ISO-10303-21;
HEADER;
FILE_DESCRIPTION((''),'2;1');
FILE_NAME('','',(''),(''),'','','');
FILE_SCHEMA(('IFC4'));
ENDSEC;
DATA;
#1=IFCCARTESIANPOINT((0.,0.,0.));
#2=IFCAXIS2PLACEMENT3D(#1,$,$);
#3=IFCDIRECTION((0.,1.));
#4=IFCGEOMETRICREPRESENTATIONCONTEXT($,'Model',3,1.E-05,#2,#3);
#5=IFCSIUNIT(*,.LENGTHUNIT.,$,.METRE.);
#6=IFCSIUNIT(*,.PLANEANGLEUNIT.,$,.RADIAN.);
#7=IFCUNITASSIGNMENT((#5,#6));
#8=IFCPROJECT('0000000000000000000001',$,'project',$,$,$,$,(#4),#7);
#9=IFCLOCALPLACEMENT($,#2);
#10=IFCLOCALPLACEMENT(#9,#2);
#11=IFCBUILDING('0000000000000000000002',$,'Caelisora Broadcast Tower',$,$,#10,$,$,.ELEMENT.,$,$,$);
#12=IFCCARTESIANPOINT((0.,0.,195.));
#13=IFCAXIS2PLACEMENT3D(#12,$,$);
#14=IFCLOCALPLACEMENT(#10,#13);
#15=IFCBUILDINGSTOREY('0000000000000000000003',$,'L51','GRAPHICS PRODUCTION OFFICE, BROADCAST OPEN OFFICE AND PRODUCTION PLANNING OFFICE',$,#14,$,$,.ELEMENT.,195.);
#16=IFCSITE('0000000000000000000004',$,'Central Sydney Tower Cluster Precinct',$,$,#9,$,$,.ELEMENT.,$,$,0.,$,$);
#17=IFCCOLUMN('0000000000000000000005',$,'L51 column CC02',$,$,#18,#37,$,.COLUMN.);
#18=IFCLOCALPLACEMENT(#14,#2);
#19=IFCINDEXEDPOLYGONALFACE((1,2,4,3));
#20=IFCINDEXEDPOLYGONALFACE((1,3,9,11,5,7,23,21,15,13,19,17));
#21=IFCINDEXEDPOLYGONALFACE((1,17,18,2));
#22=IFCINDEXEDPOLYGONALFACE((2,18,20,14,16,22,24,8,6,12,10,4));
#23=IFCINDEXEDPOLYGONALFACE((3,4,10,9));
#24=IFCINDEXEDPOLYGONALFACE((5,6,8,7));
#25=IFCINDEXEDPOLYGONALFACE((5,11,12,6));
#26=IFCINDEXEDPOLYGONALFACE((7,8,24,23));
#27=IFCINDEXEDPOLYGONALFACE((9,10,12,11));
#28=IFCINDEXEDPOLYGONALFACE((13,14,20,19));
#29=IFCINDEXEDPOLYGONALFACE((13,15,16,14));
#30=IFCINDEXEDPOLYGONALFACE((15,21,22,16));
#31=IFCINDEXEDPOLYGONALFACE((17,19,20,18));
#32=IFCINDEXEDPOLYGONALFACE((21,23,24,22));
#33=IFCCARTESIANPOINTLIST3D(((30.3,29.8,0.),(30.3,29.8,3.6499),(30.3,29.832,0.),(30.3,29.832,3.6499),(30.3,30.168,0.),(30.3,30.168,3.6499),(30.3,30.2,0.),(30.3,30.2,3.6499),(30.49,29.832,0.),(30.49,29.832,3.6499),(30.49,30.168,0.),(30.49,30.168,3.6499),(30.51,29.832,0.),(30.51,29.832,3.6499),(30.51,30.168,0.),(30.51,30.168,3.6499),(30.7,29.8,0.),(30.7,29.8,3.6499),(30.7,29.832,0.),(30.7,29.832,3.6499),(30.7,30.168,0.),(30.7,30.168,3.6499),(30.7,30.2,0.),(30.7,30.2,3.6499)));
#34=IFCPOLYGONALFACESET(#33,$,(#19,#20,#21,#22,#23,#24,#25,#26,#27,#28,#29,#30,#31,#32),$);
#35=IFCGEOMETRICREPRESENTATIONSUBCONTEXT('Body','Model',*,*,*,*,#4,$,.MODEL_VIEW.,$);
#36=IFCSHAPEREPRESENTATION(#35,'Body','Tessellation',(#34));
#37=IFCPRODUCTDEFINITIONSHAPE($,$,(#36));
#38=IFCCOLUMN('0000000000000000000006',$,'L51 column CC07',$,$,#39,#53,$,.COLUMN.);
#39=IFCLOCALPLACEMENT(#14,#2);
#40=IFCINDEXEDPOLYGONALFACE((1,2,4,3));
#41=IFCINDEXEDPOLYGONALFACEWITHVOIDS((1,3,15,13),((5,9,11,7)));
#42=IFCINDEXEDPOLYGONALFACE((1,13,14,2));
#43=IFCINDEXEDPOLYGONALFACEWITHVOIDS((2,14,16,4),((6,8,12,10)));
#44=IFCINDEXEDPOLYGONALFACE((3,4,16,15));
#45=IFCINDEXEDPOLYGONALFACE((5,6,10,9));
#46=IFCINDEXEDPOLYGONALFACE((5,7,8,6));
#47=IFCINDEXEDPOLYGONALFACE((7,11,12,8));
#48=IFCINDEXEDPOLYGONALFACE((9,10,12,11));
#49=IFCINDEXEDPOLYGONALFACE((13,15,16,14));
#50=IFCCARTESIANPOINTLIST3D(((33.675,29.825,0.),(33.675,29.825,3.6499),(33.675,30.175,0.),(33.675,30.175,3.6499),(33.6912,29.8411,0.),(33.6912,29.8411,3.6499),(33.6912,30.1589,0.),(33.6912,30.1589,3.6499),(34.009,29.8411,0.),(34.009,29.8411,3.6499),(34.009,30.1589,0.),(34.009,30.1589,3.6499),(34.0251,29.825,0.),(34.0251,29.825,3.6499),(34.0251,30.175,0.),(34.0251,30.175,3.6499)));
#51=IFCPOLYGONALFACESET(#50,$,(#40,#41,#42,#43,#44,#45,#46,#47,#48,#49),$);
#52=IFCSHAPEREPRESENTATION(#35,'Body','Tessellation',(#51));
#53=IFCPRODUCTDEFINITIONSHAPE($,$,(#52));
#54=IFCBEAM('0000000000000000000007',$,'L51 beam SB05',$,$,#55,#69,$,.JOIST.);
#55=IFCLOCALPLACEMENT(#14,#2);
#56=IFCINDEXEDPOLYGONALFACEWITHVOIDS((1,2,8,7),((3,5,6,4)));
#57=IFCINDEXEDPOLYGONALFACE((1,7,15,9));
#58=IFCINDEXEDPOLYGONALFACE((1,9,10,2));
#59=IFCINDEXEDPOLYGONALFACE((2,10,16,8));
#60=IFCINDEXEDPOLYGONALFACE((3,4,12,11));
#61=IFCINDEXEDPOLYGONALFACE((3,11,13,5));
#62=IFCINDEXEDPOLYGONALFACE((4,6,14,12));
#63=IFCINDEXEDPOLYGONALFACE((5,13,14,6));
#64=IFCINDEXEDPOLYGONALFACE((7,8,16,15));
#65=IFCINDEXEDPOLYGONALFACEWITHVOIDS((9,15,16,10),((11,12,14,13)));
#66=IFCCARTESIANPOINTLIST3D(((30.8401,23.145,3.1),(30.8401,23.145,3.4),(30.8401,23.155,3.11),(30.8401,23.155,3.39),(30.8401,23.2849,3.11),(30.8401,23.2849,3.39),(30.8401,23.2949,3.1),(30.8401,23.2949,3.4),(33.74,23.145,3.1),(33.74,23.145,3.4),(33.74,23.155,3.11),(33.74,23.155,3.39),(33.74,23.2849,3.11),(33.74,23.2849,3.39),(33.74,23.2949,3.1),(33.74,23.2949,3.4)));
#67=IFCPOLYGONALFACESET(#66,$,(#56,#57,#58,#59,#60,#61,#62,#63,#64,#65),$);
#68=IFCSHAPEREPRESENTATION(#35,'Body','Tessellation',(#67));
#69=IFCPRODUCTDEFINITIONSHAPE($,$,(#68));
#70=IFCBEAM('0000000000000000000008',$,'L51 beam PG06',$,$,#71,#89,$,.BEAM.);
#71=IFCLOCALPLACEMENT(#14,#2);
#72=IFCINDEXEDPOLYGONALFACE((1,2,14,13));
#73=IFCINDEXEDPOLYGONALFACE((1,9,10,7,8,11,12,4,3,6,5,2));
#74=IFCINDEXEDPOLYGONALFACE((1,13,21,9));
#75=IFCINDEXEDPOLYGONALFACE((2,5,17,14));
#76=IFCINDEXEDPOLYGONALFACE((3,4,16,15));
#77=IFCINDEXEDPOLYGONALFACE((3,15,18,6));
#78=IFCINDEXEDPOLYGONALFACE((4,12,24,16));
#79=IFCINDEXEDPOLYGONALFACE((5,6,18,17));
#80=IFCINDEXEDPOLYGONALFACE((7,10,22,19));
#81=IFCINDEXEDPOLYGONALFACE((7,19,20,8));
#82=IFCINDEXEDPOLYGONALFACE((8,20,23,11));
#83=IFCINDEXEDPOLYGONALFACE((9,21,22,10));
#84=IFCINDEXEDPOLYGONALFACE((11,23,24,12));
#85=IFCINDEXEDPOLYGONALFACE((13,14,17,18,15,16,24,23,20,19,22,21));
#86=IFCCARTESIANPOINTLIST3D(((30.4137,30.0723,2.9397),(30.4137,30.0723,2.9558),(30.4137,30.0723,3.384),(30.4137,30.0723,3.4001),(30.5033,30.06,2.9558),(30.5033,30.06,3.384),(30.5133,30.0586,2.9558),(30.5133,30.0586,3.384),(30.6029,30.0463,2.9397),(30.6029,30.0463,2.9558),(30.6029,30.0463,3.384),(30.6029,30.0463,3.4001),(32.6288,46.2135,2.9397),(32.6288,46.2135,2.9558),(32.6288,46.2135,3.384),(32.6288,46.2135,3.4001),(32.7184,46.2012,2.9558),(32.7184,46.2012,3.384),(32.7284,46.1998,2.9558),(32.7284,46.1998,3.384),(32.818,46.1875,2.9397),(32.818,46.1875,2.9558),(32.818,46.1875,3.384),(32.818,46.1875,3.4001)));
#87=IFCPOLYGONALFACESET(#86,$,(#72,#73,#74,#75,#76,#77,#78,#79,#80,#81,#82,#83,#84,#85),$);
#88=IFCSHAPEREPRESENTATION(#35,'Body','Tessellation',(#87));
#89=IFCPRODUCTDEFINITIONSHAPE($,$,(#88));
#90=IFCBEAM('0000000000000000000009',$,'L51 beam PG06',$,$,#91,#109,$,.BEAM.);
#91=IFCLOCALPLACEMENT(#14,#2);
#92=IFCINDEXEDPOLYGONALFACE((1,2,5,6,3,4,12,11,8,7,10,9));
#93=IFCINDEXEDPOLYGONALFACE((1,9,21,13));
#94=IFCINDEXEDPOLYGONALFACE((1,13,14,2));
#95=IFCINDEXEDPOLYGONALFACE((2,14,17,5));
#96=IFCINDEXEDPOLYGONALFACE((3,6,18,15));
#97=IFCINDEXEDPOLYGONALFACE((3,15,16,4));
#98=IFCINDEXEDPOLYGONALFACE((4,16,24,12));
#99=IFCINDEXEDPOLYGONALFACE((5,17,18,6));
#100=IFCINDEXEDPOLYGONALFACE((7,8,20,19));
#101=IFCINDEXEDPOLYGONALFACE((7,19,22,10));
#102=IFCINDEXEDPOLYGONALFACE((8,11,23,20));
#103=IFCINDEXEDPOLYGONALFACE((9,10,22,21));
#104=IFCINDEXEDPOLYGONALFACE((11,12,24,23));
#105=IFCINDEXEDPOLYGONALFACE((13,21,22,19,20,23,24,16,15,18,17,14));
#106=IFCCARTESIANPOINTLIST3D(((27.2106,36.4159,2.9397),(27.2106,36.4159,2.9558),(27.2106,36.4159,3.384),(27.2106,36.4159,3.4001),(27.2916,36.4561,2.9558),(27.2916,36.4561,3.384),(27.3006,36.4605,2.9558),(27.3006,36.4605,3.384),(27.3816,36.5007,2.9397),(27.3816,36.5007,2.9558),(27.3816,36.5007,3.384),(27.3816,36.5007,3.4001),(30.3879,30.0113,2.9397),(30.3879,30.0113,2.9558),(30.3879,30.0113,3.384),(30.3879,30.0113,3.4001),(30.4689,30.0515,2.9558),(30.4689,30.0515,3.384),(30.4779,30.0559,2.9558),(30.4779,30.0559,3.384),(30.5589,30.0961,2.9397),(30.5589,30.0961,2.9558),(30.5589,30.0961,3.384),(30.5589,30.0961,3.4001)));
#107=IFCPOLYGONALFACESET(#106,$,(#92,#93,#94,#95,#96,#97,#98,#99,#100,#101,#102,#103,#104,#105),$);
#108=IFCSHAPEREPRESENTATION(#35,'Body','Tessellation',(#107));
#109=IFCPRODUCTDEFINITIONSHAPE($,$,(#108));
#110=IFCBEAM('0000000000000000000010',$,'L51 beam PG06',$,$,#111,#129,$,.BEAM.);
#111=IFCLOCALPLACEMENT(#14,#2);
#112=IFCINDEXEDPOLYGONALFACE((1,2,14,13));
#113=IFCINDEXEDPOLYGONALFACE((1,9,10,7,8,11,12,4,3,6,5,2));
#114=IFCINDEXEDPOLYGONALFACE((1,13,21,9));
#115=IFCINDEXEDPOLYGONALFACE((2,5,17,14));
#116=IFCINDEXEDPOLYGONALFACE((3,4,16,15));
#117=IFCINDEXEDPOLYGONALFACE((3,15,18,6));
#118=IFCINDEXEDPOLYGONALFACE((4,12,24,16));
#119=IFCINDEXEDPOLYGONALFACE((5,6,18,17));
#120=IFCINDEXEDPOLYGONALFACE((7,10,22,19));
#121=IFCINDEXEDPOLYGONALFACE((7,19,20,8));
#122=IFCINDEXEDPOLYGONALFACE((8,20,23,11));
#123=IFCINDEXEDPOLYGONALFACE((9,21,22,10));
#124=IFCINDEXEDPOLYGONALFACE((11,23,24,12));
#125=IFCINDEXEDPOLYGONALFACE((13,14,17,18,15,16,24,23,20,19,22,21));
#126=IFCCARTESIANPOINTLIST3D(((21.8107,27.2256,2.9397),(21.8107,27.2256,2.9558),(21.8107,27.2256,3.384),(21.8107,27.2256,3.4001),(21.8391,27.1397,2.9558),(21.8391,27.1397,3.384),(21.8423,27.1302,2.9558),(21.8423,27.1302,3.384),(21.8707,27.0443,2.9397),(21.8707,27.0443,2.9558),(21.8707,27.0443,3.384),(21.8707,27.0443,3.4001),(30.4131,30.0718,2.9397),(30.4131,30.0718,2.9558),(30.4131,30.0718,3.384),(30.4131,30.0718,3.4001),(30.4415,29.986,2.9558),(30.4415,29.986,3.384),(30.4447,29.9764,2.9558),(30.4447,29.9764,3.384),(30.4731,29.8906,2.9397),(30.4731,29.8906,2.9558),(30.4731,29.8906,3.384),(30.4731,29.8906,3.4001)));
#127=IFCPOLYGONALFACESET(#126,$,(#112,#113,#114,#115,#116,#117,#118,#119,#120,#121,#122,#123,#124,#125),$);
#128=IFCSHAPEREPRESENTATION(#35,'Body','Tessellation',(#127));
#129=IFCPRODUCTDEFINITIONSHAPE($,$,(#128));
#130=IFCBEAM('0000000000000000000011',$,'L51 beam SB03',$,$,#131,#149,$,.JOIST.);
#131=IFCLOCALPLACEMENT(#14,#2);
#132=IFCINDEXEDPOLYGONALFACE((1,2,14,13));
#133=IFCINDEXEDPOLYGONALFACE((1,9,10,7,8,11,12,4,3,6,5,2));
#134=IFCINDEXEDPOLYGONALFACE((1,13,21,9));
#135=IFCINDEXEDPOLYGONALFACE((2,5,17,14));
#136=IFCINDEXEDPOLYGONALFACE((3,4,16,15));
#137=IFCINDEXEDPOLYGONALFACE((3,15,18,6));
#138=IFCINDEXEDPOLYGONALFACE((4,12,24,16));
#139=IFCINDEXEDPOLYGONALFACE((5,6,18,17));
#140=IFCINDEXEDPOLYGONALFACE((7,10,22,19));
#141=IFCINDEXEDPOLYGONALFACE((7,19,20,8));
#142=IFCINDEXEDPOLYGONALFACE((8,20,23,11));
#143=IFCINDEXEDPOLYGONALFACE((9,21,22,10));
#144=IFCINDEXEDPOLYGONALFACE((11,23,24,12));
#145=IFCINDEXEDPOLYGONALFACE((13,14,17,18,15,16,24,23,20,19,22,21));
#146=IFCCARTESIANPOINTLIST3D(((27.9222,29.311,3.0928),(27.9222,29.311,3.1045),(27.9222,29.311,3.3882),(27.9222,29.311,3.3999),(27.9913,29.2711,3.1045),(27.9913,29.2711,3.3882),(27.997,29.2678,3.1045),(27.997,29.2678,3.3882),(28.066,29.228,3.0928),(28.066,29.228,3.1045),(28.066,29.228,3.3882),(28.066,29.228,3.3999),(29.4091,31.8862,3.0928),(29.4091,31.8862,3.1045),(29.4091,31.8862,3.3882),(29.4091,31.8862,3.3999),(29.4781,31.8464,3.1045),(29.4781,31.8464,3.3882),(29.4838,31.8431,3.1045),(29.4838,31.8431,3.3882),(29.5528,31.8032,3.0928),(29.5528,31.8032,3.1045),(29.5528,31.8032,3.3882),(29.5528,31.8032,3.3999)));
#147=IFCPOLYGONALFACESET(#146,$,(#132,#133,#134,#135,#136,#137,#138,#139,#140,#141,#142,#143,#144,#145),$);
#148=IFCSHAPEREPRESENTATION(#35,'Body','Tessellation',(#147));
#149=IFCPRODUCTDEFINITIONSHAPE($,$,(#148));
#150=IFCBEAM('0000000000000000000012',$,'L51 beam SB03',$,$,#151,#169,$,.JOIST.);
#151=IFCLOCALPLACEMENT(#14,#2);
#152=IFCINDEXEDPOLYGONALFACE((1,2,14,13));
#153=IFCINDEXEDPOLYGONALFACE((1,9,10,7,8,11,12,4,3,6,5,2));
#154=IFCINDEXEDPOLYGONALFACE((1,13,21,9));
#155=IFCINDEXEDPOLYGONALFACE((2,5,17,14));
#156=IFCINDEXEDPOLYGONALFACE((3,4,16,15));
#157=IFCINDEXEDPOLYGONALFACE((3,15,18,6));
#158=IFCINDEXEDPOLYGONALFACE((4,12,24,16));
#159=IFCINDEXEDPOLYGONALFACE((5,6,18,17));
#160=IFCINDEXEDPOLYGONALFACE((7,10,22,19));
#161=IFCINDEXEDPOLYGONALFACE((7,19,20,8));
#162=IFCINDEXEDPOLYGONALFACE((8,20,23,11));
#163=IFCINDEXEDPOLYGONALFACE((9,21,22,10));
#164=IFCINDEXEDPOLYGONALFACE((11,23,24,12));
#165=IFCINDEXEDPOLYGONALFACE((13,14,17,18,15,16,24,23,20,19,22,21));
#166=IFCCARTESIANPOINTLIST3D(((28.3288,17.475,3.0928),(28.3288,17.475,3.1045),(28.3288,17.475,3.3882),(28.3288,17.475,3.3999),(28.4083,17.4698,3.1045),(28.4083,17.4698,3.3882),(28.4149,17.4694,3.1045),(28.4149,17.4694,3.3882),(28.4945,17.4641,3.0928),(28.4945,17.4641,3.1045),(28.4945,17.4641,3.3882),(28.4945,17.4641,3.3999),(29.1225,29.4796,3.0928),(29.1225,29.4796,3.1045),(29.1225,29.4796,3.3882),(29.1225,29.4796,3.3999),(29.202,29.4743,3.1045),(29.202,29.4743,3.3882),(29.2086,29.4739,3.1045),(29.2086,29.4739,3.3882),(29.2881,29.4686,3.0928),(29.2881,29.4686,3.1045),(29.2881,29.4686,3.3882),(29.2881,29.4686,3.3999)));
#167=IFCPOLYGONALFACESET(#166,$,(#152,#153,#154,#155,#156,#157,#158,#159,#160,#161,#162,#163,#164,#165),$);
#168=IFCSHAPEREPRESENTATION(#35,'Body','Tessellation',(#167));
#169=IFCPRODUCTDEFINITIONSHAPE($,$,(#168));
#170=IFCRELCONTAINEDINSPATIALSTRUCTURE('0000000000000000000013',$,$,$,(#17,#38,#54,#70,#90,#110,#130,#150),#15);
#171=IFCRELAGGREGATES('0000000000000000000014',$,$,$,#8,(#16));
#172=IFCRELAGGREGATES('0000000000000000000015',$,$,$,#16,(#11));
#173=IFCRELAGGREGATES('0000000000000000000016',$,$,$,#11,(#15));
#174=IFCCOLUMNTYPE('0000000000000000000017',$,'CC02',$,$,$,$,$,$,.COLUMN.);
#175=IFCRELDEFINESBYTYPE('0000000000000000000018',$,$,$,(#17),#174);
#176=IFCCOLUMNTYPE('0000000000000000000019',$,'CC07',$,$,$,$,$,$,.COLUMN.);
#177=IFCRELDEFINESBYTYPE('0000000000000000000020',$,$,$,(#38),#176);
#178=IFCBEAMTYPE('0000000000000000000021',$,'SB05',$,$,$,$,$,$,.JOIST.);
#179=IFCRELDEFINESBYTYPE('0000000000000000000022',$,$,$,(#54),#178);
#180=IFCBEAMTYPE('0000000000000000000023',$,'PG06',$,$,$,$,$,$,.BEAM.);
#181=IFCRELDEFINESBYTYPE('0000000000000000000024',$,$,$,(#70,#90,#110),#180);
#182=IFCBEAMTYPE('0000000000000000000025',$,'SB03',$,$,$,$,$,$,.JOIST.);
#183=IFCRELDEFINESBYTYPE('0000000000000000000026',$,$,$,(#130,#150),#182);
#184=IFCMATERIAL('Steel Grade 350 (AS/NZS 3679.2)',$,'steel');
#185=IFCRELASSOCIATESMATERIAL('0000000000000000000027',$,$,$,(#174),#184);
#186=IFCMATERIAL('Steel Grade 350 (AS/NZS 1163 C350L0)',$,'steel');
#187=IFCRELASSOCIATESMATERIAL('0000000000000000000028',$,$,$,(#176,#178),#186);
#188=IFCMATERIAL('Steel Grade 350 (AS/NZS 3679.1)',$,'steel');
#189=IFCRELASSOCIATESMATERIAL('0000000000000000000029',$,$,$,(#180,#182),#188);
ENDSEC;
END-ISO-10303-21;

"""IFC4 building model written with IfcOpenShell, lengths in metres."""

from ifc_helpers import new_model, si_unit, direction, frame, origin, origin_2d, place, context, subcontext, project, spatial, hollow_rectangle, i_section, extrude, source, transform, mapped, material, material_profile, profile_set, type_object, type_shapes, element, save


model = new_model("IFC4")

# Units and contexts
model_context = context("Model", 3, precision=1e-05, world=origin(), true_north=direction((0.0, 1.0)))
body_context = subcontext(model_context, "Body", "Model", "MODEL_VIEW")
ifc_project = project(units=[si_unit("LENGTHUNIT", "METRE"), si_unit("PLANEANGLEUNIT", "RADIAN")], contexts=[model_context])

# Site, building, storey
site_placement = place(None, origin())
site = spatial("IfcSite", under=ifc_project, at=site_placement, Name="Central Sydney Tower Cluster Precinct", CompositionType="ELEMENT", RefElevation=0.0)
building_placement = place(site_placement, origin())
building = spatial("IfcBuilding", under=site, at=building_placement, Name="Caelisora Broadcast Tower", CompositionType="ELEMENT")
storey_placement = place(building_placement, frame((0.0, 0.0, 195.0)))
storey = spatial("IfcBuildingStorey", under=building, at=storey_placement, Name="L51", Description="GRAPHICS PRODUCTION OFFICE, BROADCAST OPEN OFFICE AND PRODUCTION PLANNING OFFICE", CompositionType="ELEMENT", Elevation=195.0)

# Columns
ifc_material_1 = material(Name="Steel Grade 350 (AS/NZS 3679.2)", Category="steel")
ifc_material_profile_1 = material_profile(ifc_material_1, i_section(OverallWidth=0.3999, OverallDepth=0.3999, WebThickness=0.02, FlangeThickness=0.032, at=origin_2d()), Name="Steel Grade 350 (AS/NZS 3679.2)")
ifc_profile_set_1 = profile_set([ifc_material_profile_1], Name="Steel Grade 350 (AS/NZS 3679.2)")
column_type_1 = type_object("IfcColumnType", Name="CC02", PredefinedType="COLUMN", material=ifc_profile_set_1)
shared_shape_1 = source(origin(), body_context, "Body", "SweptSolid", [
    extrude(i_section(OverallWidth=0.3999, OverallDepth=0.3999, WebThickness=0.02, FlangeThickness=0.032, at=origin_2d()), origin(), (0.0, 0.0, 1.0), 3.6499),
])
type_shapes(column_type_1, [shared_shape_1])
column_1_placement = place(storey_placement, frame((30.5, 30.0, 0.0), z_axis=(0.0, 0.0, 1.0), x_axis=(1.0, 0.0, 0.0)))
element("IfcColumn", 1, at=column_1_placement, inside=storey, type_object=column_type_1, Name="L51 column CC02", PredefinedType="COLUMN", context=body_context, shape_type="MappedRepresentation", body=[
    mapped(shared_shape_1, transform((0.0, 0.0, 0.0), scale=1.0)),
])
ifc_material_2 = material(Name="Steel Grade 350 (AS/NZS 1163 C350L0)", Category="steel")
ifc_material_profile_2 = material_profile(ifc_material_2, hollow_rectangle(XDim=0.3501, YDim=0.3501, WallThickness=0.0161, at=origin_2d()), Name="Steel Grade 350 (AS/NZS 1163 C350L0)")
ifc_profile_set_2 = profile_set([ifc_material_profile_2], Name="Steel Grade 350 (AS/NZS 1163 C350L0)")
column_type_2 = type_object("IfcColumnType", Name="CC07", PredefinedType="COLUMN", material=ifc_profile_set_2)
shared_shape_2 = source(origin(), body_context, "Body", "SweptSolid", [
    extrude(hollow_rectangle(XDim=0.3501, YDim=0.3501, WallThickness=0.0161, at=origin_2d()), origin(), (0.0, 0.0, 1.0), 3.6499),
])
type_shapes(column_type_2, [shared_shape_2])
column_2_placement = place(storey_placement, frame((33.8501, 30.0, 0.0), z_axis=(0.0, 0.0, 1.0), x_axis=(1.0, 0.0, 0.0)))
element("IfcColumn", 2, at=column_2_placement, inside=storey, type_object=column_type_2, Name="L51 column CC07", PredefinedType="COLUMN", context=body_context, shape_type="MappedRepresentation", body=[
    mapped(shared_shape_2, transform((0.0, 0.0, 0.0), scale=1.0)),
])

# Beams
ifc_material_profile_3 = material_profile(ifc_material_2, hollow_rectangle(XDim=0.1499, YDim=0.3, WallThickness=0.01, at=origin_2d()), Name="Steel Grade 350 (AS/NZS 1163 C350L0)")
ifc_profile_set_3 = profile_set([ifc_material_profile_3], Name="Steel Grade 350 (AS/NZS 1163 C350L0)")
beam_type_1 = type_object("IfcBeamType", Name="SB05", PredefinedType="JOIST", material=ifc_profile_set_3)
shared_shape_3 = source(origin(), body_context, "Body", "SweptSolid", [
    extrude(hollow_rectangle(XDim=0.1499, YDim=0.3, WallThickness=0.01, at=origin_2d()), origin(), (0.0, 0.0, 1.0), 2.8999),
])
type_shapes(beam_type_1, [shared_shape_3])
beam_1_placement = place(storey_placement, frame((30.8401, 23.22, 3.25), z_axis=(1.0, 0.0, 0.0), x_axis=(0.0, 1.0, 0.0)))
element("IfcBeam", 3, at=beam_1_placement, inside=storey, type_object=beam_type_1, Name="L51 beam SB05", PredefinedType="JOIST", context=body_context, shape_type="MappedRepresentation", body=[
    mapped(shared_shape_3, transform((0.0, 0.0, 0.0), scale=1.0)),
])
ifc_material_3 = material(Name="Steel Grade 350 (AS/NZS 3679.1)", Category="steel")
ifc_material_profile_4 = material_profile(ifc_material_3, i_section(OverallWidth=0.1909, OverallDepth=0.4604, WebThickness=0.01, FlangeThickness=0.0161, at=origin_2d()), Name="Steel Grade 350 (AS/NZS 3679.1)")
ifc_profile_set_4 = profile_set([ifc_material_profile_4], Name="Steel Grade 350 (AS/NZS 3679.1)")
beam_type_2 = type_object("IfcBeamType", Name="PG06", PredefinedType="BEAM", material=ifc_profile_set_4)
shared_shape_4 = source(origin(), body_context, "Body", "SweptSolid", [
    extrude(i_section(OverallWidth=0.1909, OverallDepth=0.4604, WebThickness=0.01, FlangeThickness=0.0161, at=origin_2d()), origin(), (0.0, 0.0, 1.0), 16.2925),
])
beam_2_placement = place(storey_placement, frame((30.5083, 30.0593, 3.1699), z_axis=(0.135958, 0.990715, 0.0), x_axis=(-0.990715, 0.135958, 0.0)))
element("IfcBeam", 4, at=beam_2_placement, inside=storey, type_object=beam_type_2, Name="L51 beam PG06", PredefinedType="BEAM", context=body_context, shape_type="MappedRepresentation", body=[
    mapped(shared_shape_4, transform((0.0, 0.0, 0.0), scale=1.0)),
])
shared_shape_5 = source(origin(), body_context, "Body", "SweptSolid", [
    extrude(i_section(OverallWidth=0.1909, OverallDepth=0.4604, WebThickness=0.01, FlangeThickness=0.0161, at=origin_2d()), origin(), (0.0, 0.0, 1.0), 7.1494),
])
beam_3_placement = place(storey_placement, frame((30.4734, 30.0537, 3.1699), z_axis=(-0.444411, 0.895823, 0.0), x_axis=(-0.895823, -0.444411, 0.0)))
element("IfcBeam", 5, at=beam_3_placement, inside=storey, type_object=beam_type_2, Name="L51 beam PG06", PredefinedType="BEAM", context=body_context, shape_type="MappedRepresentation", body=[
    mapped(shared_shape_5, transform((0.0, 0.0, 0.0), scale=1.0)),
])
shared_shape_6 = source(origin(), body_context, "Body", "SweptSolid", [
    extrude(i_section(OverallWidth=0.1909, OverallDepth=0.4604, WebThickness=0.01, FlangeThickness=0.0161, at=origin_2d()), origin(), (0.0, 0.0, 1.0), 9.061),
])
type_shapes(beam_type_2, [shared_shape_4, shared_shape_5, shared_shape_6])
beam_4_placement = place(storey_placement, frame((30.4431, 29.9812, 3.1699), z_axis=(-0.949384, -0.314117, 0.0), x_axis=(0.314117, -0.949384, 0.0)))
element("IfcBeam", 6, at=beam_4_placement, inside=storey, type_object=beam_type_2, Name="L51 beam PG06", PredefinedType="BEAM", context=body_context, shape_type="MappedRepresentation", body=[
    mapped(shared_shape_6, transform((0.0, 0.0, 0.0), scale=1.0)),
])
ifc_material_profile_5 = material_profile(ifc_material_3, i_section(OverallWidth=0.166, OverallDepth=0.3071, WebThickness=0.0066, FlangeThickness=0.0117, at=origin_2d()), Name="Steel Grade 350 (AS/NZS 3679.1)")
ifc_profile_set_5 = profile_set([ifc_material_profile_5], Name="Steel Grade 350 (AS/NZS 3679.1)")
beam_type_3 = type_object("IfcBeamType", Name="SB03", PredefinedType="JOIST", material=ifc_profile_set_5)
shared_shape_7 = source(origin(), body_context, "Body", "SweptSolid", [
    extrude(i_section(OverallWidth=0.166, OverallDepth=0.3071, WebThickness=0.0066, FlangeThickness=0.0117, at=origin_2d()), origin(), (0.0, 0.0, 1.0), 2.9736),
])
beam_5_placement = place(storey_placement, frame((29.481, 31.8447, 3.2463), z_axis=(-0.500007, -0.866022, 0.0), x_axis=(0.866022, -0.500007, 0.0)))
element("IfcBeam", 7, at=beam_5_placement, inside=storey, type_object=beam_type_3, Name="L51 beam SB03", PredefinedType="JOIST", context=body_context, shape_type="MappedRepresentation", body=[
    mapped(shared_shape_7, transform((0.0, 0.0, 0.0), scale=1.0)),
])
shared_shape_8 = source(origin(), body_context, "Body", "SweptSolid", [
    extrude(i_section(OverallWidth=0.166, OverallDepth=0.3071, WebThickness=0.0066, FlangeThickness=0.0117, at=origin_2d()), origin(), (0.0, 0.0, 1.0), 12.0308),
])
beam_6_placement = place(storey_placement, frame((29.2053, 29.4741, 3.2463), z_axis=(-0.065972, -0.997821, 0.0), x_axis=(0.997821, -0.065972, 0.0)))
element("IfcBeam", 8, at=beam_6_placement, inside=storey, type_object=beam_type_3, Name="L51 beam SB03", PredefinedType="JOIST", context=body_context, shape_type="MappedRepresentation", body=[
    mapped(shared_shape_8, transform((0.0, 0.0, 0.0), scale=1.0)),
])

save(model, "model.ifc")
